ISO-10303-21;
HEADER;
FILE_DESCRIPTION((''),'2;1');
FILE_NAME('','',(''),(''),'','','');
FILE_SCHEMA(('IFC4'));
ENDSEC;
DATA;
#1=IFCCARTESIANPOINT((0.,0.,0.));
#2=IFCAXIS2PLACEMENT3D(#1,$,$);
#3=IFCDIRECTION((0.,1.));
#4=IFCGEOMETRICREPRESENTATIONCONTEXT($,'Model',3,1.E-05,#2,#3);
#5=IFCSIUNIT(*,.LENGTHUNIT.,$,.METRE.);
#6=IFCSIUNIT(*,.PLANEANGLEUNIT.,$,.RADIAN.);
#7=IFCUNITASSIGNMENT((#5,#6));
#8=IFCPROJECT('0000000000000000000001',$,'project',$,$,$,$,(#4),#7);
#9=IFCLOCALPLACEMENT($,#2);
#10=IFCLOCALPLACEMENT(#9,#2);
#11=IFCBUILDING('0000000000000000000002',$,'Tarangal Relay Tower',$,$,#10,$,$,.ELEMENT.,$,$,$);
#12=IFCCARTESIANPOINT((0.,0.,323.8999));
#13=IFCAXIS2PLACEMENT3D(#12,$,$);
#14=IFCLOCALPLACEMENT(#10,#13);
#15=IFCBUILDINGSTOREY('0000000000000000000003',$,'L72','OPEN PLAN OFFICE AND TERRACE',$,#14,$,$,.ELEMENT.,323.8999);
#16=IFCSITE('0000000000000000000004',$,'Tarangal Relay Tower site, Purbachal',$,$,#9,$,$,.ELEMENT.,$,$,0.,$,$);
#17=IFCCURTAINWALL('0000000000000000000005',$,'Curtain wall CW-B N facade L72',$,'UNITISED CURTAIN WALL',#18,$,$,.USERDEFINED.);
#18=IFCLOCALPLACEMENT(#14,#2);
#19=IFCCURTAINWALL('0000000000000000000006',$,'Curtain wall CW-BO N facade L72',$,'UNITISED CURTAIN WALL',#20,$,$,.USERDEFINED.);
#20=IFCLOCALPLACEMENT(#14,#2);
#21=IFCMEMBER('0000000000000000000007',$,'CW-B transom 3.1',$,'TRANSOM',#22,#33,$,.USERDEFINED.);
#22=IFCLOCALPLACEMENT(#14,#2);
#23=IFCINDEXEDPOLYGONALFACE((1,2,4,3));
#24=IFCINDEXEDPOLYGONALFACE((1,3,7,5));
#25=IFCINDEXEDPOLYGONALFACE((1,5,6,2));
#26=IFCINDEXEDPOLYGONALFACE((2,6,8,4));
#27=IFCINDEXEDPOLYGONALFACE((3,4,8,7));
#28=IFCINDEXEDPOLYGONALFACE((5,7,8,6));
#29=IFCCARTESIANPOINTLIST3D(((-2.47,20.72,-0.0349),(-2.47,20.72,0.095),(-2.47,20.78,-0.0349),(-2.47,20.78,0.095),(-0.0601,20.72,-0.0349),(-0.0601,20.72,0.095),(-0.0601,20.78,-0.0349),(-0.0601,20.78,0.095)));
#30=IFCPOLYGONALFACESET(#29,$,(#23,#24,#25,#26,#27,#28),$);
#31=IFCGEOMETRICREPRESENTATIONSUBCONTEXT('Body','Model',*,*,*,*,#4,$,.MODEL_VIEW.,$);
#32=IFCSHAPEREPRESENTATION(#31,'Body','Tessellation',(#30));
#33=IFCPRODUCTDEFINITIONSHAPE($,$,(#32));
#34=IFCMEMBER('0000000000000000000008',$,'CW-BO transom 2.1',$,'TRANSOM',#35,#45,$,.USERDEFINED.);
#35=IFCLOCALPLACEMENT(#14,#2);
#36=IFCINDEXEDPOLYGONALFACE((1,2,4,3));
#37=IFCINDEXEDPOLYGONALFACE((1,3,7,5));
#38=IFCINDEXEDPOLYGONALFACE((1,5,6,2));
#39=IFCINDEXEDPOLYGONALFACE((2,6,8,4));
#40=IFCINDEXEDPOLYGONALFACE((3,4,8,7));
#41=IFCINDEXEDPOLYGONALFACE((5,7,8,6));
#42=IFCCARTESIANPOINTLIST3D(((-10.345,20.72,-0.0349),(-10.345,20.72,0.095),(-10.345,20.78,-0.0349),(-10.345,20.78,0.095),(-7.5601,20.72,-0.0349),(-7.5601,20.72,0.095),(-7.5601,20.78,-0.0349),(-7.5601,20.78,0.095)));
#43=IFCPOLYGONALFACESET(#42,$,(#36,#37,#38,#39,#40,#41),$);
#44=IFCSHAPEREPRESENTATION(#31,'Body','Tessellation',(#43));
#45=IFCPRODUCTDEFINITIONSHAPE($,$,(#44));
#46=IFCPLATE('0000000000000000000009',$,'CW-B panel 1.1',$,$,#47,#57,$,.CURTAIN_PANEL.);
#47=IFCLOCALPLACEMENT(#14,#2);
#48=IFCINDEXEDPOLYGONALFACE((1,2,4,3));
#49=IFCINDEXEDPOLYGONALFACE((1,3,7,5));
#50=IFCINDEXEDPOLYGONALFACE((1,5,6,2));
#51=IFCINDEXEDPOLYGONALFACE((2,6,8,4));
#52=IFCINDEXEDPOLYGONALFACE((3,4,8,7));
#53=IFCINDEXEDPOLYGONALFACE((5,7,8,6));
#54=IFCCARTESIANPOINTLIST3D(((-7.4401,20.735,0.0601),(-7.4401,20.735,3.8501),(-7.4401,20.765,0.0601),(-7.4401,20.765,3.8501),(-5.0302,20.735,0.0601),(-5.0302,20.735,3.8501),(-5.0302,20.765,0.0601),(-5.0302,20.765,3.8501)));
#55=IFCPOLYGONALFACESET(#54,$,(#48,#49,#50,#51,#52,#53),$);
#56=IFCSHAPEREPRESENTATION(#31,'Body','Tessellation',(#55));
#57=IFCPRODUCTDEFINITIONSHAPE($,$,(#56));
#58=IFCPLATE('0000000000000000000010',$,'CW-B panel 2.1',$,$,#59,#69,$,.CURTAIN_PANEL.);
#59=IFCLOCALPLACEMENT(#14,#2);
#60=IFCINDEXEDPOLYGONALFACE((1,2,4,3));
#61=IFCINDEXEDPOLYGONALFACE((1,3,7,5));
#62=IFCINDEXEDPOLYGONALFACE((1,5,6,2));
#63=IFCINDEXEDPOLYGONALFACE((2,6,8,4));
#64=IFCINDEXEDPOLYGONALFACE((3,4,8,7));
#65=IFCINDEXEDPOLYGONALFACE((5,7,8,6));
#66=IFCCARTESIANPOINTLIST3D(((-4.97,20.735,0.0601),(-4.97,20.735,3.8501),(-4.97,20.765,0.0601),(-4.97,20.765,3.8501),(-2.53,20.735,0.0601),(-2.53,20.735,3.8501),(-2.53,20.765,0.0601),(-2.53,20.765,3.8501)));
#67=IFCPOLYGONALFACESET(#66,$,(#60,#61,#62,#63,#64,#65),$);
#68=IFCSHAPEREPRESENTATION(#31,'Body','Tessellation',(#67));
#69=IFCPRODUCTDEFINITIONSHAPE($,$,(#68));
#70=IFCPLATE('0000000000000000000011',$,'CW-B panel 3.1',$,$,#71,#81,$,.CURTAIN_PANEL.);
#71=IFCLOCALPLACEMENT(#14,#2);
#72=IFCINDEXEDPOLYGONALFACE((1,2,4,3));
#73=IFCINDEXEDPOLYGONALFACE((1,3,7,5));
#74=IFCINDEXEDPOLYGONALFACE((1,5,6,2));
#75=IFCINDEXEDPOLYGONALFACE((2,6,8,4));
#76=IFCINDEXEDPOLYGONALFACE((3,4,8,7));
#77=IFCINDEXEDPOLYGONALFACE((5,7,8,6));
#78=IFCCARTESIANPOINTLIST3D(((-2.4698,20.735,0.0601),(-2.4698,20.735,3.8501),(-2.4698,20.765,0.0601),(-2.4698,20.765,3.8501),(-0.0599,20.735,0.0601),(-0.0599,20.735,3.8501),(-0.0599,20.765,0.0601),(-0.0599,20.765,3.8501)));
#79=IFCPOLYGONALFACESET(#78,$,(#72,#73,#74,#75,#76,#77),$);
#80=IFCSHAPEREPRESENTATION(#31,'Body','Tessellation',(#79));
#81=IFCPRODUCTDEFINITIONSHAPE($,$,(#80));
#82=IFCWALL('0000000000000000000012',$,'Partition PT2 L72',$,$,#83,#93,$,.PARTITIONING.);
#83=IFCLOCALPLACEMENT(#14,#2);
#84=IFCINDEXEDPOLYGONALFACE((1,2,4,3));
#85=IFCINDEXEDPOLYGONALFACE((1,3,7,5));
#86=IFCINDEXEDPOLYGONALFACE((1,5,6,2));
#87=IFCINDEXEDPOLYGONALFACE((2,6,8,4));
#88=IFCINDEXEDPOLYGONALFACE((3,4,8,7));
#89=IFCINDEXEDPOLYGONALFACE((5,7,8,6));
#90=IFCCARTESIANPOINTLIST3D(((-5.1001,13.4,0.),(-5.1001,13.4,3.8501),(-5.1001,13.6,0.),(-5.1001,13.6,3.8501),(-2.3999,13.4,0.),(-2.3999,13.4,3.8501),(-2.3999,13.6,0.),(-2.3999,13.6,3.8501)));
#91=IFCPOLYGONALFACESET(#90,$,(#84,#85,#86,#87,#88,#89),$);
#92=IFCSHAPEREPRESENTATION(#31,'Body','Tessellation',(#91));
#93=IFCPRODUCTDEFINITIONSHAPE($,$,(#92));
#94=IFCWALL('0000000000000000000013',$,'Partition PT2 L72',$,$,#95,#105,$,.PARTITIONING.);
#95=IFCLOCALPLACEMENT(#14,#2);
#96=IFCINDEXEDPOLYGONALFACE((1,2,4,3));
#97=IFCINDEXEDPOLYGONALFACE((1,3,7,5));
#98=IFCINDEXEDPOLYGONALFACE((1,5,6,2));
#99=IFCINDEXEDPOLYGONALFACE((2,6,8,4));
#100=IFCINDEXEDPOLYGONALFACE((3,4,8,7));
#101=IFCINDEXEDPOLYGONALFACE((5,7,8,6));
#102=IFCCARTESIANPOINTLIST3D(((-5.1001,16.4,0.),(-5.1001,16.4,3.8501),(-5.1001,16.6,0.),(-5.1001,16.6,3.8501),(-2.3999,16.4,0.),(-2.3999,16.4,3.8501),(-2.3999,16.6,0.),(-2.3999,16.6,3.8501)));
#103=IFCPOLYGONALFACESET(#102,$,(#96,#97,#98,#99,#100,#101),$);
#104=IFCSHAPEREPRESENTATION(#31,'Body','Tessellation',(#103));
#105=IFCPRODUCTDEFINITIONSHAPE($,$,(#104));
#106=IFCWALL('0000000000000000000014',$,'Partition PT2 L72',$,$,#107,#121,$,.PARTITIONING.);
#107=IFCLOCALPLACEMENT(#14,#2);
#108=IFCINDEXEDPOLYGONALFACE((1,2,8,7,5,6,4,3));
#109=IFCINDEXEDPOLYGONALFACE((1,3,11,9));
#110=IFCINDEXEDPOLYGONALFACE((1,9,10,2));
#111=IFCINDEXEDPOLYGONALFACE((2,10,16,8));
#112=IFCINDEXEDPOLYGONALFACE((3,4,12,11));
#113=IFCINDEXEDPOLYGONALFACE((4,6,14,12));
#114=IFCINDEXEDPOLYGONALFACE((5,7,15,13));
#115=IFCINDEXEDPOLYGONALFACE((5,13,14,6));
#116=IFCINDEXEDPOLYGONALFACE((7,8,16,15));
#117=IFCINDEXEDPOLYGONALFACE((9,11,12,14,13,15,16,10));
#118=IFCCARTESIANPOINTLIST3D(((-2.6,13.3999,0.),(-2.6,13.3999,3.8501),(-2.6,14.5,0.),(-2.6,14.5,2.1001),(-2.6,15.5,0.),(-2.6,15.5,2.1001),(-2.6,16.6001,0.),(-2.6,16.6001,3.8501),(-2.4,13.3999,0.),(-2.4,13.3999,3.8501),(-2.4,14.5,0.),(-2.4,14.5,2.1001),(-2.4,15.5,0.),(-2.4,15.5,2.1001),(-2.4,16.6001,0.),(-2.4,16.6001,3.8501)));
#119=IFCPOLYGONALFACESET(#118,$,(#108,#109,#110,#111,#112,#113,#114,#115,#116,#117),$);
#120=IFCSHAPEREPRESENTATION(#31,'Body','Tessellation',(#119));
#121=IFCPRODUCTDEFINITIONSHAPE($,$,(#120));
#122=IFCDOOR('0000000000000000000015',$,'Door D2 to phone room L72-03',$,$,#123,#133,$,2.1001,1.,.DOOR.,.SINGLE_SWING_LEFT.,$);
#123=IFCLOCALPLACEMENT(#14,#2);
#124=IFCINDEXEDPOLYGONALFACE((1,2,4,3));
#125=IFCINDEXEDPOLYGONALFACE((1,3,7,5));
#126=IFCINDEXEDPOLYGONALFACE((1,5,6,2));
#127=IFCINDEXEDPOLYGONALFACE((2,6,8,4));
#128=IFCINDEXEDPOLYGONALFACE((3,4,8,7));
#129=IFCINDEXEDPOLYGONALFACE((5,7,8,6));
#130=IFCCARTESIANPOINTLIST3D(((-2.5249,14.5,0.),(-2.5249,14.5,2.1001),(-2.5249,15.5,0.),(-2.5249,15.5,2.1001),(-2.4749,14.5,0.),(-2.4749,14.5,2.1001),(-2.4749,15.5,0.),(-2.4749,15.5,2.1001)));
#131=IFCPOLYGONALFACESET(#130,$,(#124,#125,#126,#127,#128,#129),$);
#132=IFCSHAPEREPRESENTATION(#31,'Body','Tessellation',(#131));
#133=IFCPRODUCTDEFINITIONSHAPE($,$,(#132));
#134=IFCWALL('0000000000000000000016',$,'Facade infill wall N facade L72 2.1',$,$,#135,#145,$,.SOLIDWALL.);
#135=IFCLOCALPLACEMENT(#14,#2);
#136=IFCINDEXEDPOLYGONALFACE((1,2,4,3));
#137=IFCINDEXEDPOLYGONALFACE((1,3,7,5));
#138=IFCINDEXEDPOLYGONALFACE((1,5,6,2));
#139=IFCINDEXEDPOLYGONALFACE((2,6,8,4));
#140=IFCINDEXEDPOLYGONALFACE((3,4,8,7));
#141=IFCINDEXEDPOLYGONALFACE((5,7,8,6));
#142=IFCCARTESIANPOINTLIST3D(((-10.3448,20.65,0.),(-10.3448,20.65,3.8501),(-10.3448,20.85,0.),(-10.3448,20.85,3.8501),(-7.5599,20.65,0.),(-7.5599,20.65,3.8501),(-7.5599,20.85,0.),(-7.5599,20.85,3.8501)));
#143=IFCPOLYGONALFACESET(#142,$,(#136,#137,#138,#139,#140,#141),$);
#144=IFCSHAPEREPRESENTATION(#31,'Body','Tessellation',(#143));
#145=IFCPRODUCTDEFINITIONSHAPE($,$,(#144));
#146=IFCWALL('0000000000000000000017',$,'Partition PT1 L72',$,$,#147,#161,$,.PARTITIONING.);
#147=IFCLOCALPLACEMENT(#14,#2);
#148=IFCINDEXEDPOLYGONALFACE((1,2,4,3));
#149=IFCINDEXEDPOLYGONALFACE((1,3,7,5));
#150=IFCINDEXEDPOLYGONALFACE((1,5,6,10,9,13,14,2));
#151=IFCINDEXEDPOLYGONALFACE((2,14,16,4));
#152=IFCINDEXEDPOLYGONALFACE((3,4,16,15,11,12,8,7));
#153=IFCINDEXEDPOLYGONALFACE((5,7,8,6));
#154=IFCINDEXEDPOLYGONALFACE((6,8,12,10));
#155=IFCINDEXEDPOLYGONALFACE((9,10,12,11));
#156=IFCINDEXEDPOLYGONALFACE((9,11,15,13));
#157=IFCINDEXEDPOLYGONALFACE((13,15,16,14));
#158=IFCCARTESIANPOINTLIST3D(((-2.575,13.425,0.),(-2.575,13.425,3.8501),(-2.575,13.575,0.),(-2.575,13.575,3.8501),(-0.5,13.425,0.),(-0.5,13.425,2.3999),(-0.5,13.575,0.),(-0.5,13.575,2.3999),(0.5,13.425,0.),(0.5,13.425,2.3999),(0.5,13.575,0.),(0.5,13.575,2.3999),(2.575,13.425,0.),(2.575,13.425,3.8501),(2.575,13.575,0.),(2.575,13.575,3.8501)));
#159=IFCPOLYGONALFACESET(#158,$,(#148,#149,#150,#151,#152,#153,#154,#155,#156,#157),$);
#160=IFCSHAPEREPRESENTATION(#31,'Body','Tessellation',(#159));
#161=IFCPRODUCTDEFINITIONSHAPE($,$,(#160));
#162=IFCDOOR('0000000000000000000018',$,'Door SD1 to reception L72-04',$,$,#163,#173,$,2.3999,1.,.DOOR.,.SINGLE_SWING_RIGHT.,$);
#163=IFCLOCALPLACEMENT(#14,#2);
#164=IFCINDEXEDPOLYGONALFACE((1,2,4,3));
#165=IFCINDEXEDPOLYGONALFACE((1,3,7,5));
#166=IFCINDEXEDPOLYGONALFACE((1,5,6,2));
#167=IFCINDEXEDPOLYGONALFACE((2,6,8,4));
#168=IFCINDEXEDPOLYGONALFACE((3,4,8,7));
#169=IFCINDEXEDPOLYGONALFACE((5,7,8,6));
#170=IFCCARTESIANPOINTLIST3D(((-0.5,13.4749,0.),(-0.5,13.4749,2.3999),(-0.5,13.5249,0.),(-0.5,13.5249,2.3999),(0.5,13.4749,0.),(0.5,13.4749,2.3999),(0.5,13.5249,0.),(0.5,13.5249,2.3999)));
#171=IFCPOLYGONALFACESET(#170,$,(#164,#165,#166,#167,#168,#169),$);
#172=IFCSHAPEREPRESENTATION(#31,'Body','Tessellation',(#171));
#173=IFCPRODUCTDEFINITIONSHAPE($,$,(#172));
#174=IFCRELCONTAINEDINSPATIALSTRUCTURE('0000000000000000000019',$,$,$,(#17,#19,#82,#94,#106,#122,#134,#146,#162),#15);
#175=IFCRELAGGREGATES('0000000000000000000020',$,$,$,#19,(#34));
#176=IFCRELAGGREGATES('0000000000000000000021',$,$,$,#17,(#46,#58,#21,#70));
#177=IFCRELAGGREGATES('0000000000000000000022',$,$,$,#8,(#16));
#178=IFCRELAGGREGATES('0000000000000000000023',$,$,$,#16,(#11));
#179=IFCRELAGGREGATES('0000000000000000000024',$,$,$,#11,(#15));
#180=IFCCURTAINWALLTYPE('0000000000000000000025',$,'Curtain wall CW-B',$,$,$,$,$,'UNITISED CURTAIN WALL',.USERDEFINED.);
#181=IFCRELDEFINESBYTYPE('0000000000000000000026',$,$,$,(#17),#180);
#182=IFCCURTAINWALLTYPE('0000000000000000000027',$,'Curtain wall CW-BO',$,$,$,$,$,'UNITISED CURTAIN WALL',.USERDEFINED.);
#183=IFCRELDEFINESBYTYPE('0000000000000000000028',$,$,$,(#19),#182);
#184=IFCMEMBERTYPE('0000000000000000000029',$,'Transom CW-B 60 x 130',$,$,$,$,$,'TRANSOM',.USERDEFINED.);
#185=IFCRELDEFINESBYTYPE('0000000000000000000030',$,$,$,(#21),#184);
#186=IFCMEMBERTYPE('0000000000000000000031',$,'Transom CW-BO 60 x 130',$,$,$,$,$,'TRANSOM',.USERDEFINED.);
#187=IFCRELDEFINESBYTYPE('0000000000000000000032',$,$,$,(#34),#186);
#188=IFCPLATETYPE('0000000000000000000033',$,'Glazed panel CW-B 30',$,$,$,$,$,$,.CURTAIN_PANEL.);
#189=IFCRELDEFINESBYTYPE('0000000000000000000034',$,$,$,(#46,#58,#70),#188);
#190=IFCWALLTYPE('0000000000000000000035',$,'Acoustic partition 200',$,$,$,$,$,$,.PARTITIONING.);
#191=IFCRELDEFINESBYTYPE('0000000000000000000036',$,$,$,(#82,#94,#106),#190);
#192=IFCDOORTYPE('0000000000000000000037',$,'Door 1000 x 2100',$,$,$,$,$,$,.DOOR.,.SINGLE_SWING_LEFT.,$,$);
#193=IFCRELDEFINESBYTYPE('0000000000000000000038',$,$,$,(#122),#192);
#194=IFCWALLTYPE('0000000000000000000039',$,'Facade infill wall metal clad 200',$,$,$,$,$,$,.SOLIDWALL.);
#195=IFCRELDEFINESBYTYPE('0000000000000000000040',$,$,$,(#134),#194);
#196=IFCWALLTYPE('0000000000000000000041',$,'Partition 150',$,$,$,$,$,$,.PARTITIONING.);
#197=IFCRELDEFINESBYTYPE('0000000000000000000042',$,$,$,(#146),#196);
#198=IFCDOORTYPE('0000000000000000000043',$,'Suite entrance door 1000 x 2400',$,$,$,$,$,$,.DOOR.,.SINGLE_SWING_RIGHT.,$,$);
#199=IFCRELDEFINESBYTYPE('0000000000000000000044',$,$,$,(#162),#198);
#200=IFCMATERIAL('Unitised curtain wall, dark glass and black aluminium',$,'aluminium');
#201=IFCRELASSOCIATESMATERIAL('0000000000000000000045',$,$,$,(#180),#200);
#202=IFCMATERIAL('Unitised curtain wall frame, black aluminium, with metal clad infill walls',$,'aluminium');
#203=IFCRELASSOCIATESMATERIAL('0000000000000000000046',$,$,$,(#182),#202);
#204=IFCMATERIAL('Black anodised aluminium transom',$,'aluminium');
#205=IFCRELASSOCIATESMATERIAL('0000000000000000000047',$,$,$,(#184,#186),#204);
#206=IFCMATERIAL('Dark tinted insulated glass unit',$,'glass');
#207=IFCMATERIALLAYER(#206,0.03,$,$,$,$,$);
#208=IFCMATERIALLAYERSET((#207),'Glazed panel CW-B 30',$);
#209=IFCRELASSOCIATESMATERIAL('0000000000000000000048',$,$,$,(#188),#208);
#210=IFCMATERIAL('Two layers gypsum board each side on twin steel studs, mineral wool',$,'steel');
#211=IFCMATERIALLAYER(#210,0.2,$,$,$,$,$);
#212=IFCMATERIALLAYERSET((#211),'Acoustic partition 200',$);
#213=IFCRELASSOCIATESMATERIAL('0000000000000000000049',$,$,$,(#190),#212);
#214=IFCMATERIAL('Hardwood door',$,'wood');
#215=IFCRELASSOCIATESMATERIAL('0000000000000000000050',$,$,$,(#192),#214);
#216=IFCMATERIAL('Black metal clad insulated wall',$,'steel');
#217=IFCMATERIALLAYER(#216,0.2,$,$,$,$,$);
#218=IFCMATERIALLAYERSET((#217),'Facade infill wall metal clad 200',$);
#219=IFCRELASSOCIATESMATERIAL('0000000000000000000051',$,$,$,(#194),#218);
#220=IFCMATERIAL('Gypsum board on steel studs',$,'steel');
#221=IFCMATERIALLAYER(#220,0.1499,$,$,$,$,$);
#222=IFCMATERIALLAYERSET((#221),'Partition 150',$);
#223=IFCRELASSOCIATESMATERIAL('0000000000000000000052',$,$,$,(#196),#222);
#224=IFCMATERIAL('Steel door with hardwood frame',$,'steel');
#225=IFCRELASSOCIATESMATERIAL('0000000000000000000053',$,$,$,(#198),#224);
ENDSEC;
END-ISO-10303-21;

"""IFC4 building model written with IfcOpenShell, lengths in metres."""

from ifc_helpers import new_model, si_unit, direction, frame, frame_2d, origin, origin_2d, place, context, subcontext, project, spatial, rectangle, extrude, material, layer, layer_set, material_profile, profile_set, type_object, element, fill, aggregate, save


model = new_model("IFC4")

# Units and contexts
model_context = context("Model", 3, precision=1e-05, world=origin(), true_north=direction((0.0, 1.0)))
body_context = subcontext(model_context, "Body", "Model", "MODEL_VIEW")
ifc_project = project(units=[si_unit("LENGTHUNIT", "METRE"), si_unit("PLANEANGLEUNIT", "RADIAN")], contexts=[model_context])

# Site, building, storey
site_placement = place(None, origin())
site = spatial("IfcSite", under=ifc_project, at=site_placement, Name="Tarangal Relay Tower site, Purbachal", CompositionType="ELEMENT", RefElevation=0.0)
building_placement = place(site_placement, origin())
building = spatial("IfcBuilding", under=site, at=building_placement, Name="Tarangal Relay Tower", CompositionType="ELEMENT")
storey_placement = place(building_placement, frame((0.0, 0.0, 323.8999)))
storey = spatial("IfcBuildingStorey", under=building, at=storey_placement, Name="L72", Description="OPEN PLAN OFFICE AND TERRACE", CompositionType="ELEMENT", Elevation=323.8999)

# Curtain walls
ifc_material_1 = material(Name="Unitised curtain wall, dark glass and black aluminium", Category="aluminium")
curtain_wall_type_1 = type_object("IfcCurtainWallType", Name="Curtain wall CW-B", ElementType="UNITISED CURTAIN WALL", PredefinedType="USERDEFINED", material=ifc_material_1)
curtain_wall_1_placement = place(storey_placement, origin())
curtain_wall_1 = element("IfcCurtainWall", 1, at=curtain_wall_1_placement, inside=storey, type_object=curtain_wall_type_1, Name="Curtain wall CW-B N facade L72", ObjectType="UNITISED CURTAIN WALL", PredefinedType="USERDEFINED")
ifc_material_2 = material(Name="Unitised curtain wall frame, black aluminium, with metal clad infill walls", Category="aluminium")
curtain_wall_type_2 = type_object("IfcCurtainWallType", Name="Curtain wall CW-BO", ElementType="UNITISED CURTAIN WALL", PredefinedType="USERDEFINED", material=ifc_material_2)
curtain_wall_2_placement = place(storey_placement, origin())
curtain_wall_2 = element("IfcCurtainWall", 2, at=curtain_wall_2_placement, inside=storey, type_object=curtain_wall_type_2, Name="Curtain wall CW-BO N facade L72", ObjectType="UNITISED CURTAIN WALL", PredefinedType="USERDEFINED")

# Members
ifc_material_3 = material(Name="Black anodised aluminium transom", Category="aluminium")
ifc_material_profile_1 = material_profile(ifc_material_3, rectangle(XDim=0.0601, YDim=0.1299, at=origin_2d()), Name="CW-BT 60X130")
ifc_profile_set_1 = profile_set([ifc_material_profile_1], Name="Black anodised aluminium transom")
member_type_1 = type_object("IfcMemberType", Name="Transom CW-B 60 x 130", ElementType="TRANSOM", PredefinedType="USERDEFINED", material=ifc_profile_set_1)
member_1_placement = place(storey_placement, frame((-2.47, 20.75, 0.03), z_axis=(1.0, 0.0, 0.0), x_axis=(0.0, 1.0, 0.0)))
member_1 = element("IfcMember", 3, at=member_1_placement, type_object=member_type_1, Name="CW-B transom 3.1", ObjectType="TRANSOM", PredefinedType="USERDEFINED", context=body_context, shape_type="SweptSolid", body=[
    extrude(rectangle(XDim=0.0601, YDim=0.1299, at=origin_2d()), origin(), (0.0, 0.0, 1.0), 2.4099),
])
ifc_material_profile_2 = material_profile(ifc_material_3, rectangle(XDim=0.0601, YDim=0.1299, at=origin_2d()), Name="CW-BOT 60X130")
ifc_profile_set_2 = profile_set([ifc_material_profile_2], Name="Black anodised aluminium transom")
member_type_2 = type_object("IfcMemberType", Name="Transom CW-BO 60 x 130", ElementType="TRANSOM", PredefinedType="USERDEFINED", material=ifc_profile_set_2)
member_2_placement = place(storey_placement, frame((-10.345, 20.75, 0.03), z_axis=(1.0, 0.0, 0.0), x_axis=(0.0, 1.0, 0.0)))
member_2 = element("IfcMember", 4, at=member_2_placement, type_object=member_type_2, Name="CW-BO transom 2.1", ObjectType="TRANSOM", PredefinedType="USERDEFINED", context=body_context, shape_type="SweptSolid", body=[
    extrude(rectangle(XDim=0.0601, YDim=0.1299, at=origin_2d()), origin(), (0.0, 0.0, 1.0), 2.7849),
])
aggregate(curtain_wall_2, [member_2])

# Plates
ifc_material_4 = material(Name="Dark tinted insulated glass unit", Category="glass")
ifc_layer_1 = layer(ifc_material_4, 0.03)
ifc_layer_set_1 = layer_set([ifc_layer_1], Name="Glazed panel CW-B 30")
plate_type = type_object("IfcPlateType", Name="Glazed panel CW-B 30", PredefinedType="CURTAIN_PANEL", material=ifc_layer_set_1)
plate_1_placement = place(storey_placement, frame((-6.2351, 20.75, 0.0601), z_axis=(0.0, 0.0, 1.0), x_axis=(1.0, 0.0, 0.0)))
plate_1 = element("IfcPlate", 5, at=plate_1_placement, type_object=plate_type, Name="CW-B panel 1.1", PredefinedType="CURTAIN_PANEL", context=body_context, shape_type="SweptSolid", body=[
    extrude(rectangle(XDim=2.4099, YDim=0.03, at=origin_2d()), origin(), (0.0, 0.0, 1.0), 3.79),
])
plate_2_placement = place(storey_placement, frame((-3.75, 20.75, 0.0601), z_axis=(0.0, 0.0, 1.0), x_axis=(1.0, 0.0, 0.0)))
plate_2 = element("IfcPlate", 6, at=plate_2_placement, type_object=plate_type, Name="CW-B panel 2.1", PredefinedType="CURTAIN_PANEL", context=body_context, shape_type="SweptSolid", body=[
    extrude(rectangle(XDim=2.4399, YDim=0.03, at=origin_2d()), origin(), (0.0, 0.0, 1.0), 3.79),
])
plate_3_placement = place(storey_placement, frame((-1.2649, 20.75, 0.0601), z_axis=(0.0, 0.0, 1.0), x_axis=(1.0, 0.0, 0.0)))
plate_3 = element("IfcPlate", 7, at=plate_3_placement, type_object=plate_type, Name="CW-B panel 3.1", PredefinedType="CURTAIN_PANEL", context=body_context, shape_type="SweptSolid", body=[
    extrude(rectangle(XDim=2.4099, YDim=0.03, at=origin_2d()), origin(), (0.0, 0.0, 1.0), 3.79),
])
aggregate(curtain_wall_1, [plate_1, plate_2, member_1, plate_3])

# Walls
ifc_material_5 = material(Name="Two layers gypsum board each side on twin steel studs, mineral wool", Category="steel")
ifc_layer_2 = layer(ifc_material_5, 0.2)
ifc_layer_set_2 = layer_set([ifc_layer_2], Name="Acoustic partition 200")
wall_type_1 = type_object("IfcWallType", Name="Acoustic partition 200", PredefinedType="PARTITIONING", material=ifc_layer_set_2)
for number, where, z_axis, x_axis, name in (
    (8, (-5.1001, 13.5, 0.0), (0.0, 0.0, 1.0), (1.0, 0.0, 0.0), "Partition PT2 L72"),
    (9, (-5.1001, 16.5, 0.0), (0.0, 0.0, 1.0), (1.0, 0.0, 0.0), "Partition PT2 L72"),
):
    element("IfcWall", number, at=place(storey_placement, frame(where, z_axis=z_axis, x_axis=x_axis)), inside=storey, type_object=wall_type_1, Name=name, PredefinedType="PARTITIONING", context=body_context, shape_type="SweptSolid", body=[
        extrude(rectangle(XDim=2.7002, YDim=0.2, at=frame_2d((1.3501, 0.0))), origin(), (0.0, 0.0, 1.0), 3.8501),
    ])

# Wall, opening, door
wall_1_placement = place(storey_placement, frame((-2.5, 13.3999, 0.0), z_axis=(0.0, 0.0, 1.0), x_axis=(0.0, 1.0, 0.0)))
wall_1 = element("IfcWall", 10, at=wall_1_placement, inside=storey, type_object=wall_type_1, Name="Partition PT2 L72", PredefinedType="PARTITIONING", context=body_context, shape_type="SweptSolid", body=[
    extrude(rectangle(XDim=3.2002, YDim=0.2, at=frame_2d((1.6001, 0.0))), origin(), (0.0, 0.0, 1.0), 3.8501),
])
opening_1_placement = place(wall_1_placement, frame((1.1001, 0.0, 0.0)))
opening_1 = element("IfcOpeningElement", 11, at=opening_1_placement, cuts=wall_1, PredefinedType="OPENING", context=body_context, shape_type="SweptSolid", body=[
    extrude(rectangle(XDim=1.0, YDim=2.1001, at=frame_2d((0.5, 1.05))), frame((0.0, 0.1099, 0.0), z_axis=(0.0, -1.0, 0.0), x_axis=(1.0, 0.0, 0.0)), (0.0, 0.0, 1.0), 0.22),
])
ifc_material_6 = material(Name="Hardwood door", Category="wood")
door_type_1 = type_object("IfcDoorType", Name="Door 1000 x 2100", OperationType="SINGLE_SWING_LEFT", PredefinedType="DOOR", material=ifc_material_6)
door_1_placement = place(opening_1_placement, origin())
door_1 = element("IfcDoor", 12, at=door_1_placement, inside=storey, type_object=door_type_1, Name="Door D2 to phone room L72-03", OperationType="SINGLE_SWING_LEFT", OverallHeight=2.1001, OverallWidth=1.0, PredefinedType="DOOR", context=body_context, shape_type="SweptSolid", body=[
    extrude(rectangle(XDim=1.0, YDim=2.1001, at=frame_2d((0.5, 1.05))), frame((0.0, 0.0249, 0.0), z_axis=(0.0, -1.0, 0.0), x_axis=(1.0, 0.0, 0.0)), (0.0, 0.0, 1.0), 0.05),
])
fill(opening_1, door_1)

# Wall
ifc_material_7 = material(Name="Black metal clad insulated wall", Category="steel")
ifc_layer_3 = layer(ifc_material_7, 0.2)
ifc_layer_set_3 = layer_set([ifc_layer_3], Name="Facade infill wall metal clad 200")
wall_type_2 = type_object("IfcWallType", Name="Facade infill wall metal clad 200", PredefinedType="SOLIDWALL", material=ifc_layer_set_3)
wall_2_placement = place(storey_placement, frame((-10.345, 20.75, 0.0), z_axis=(0.0, 0.0, 1.0), x_axis=(1.0, 0.0, 0.0)))
element("IfcWall", 13, at=wall_2_placement, inside=storey, type_object=wall_type_2, Name="Facade infill wall N facade L72 2.1", PredefinedType="SOLIDWALL", context=body_context, shape_type="SweptSolid", body=[
    extrude(rectangle(XDim=2.7849, YDim=0.2, at=frame_2d((1.3926, 0.0))), origin(), (0.0, 0.0, 1.0), 3.8501),
])

# Wall, opening, door
ifc_material_8 = material(Name="Gypsum board on steel studs", Category="steel")
ifc_layer_4 = layer(ifc_material_8, 0.1499)
ifc_layer_set_4 = layer_set([ifc_layer_4], Name="Partition 150")
wall_type_3 = type_object("IfcWallType", Name="Partition 150", PredefinedType="PARTITIONING", material=ifc_layer_set_4)
wall_3_placement = place(storey_placement, frame((-2.575, 13.5, 0.0), z_axis=(0.0, 0.0, 1.0), x_axis=(1.0, 0.0, 0.0)))
wall_3 = element("IfcWall", 14, at=wall_3_placement, inside=storey, type_object=wall_type_3, Name="Partition PT1 L72", PredefinedType="PARTITIONING", context=body_context, shape_type="SweptSolid", body=[
    extrude(rectangle(XDim=5.1499, YDim=0.1499, at=frame_2d((2.575, 0.0))), origin(), (0.0, 0.0, 1.0), 3.8501),
])
opening_2_placement = place(wall_3_placement, frame((2.075, 0.0, 0.0)))
opening_2 = element("IfcOpeningElement", 15, at=opening_2_placement, cuts=wall_3, PredefinedType="OPENING", context=body_context, shape_type="SweptSolid", body=[
    extrude(rectangle(XDim=1.0, YDim=2.3999, at=frame_2d((0.5, 1.2))), frame((0.0, 0.085, 0.0), z_axis=(0.0, -1.0, 0.0), x_axis=(1.0, 0.0, 0.0)), (0.0, 0.0, 1.0), 0.1699),
])
ifc_material_9 = material(Name="Steel door with hardwood frame", Category="steel")
door_type_2 = type_object("IfcDoorType", Name="Suite entrance door 1000 x 2400", OperationType="SINGLE_SWING_RIGHT", PredefinedType="DOOR", material=ifc_material_9)
door_2_placement = place(opening_2_placement, origin())
door_2 = element("IfcDoor", 16, at=door_2_placement, inside=storey, type_object=door_type_2, Name="Door SD1 to reception L72-04", OperationType="SINGLE_SWING_RIGHT", OverallHeight=2.3999, OverallWidth=1.0, PredefinedType="DOOR", context=body_context, shape_type="SweptSolid", body=[
    extrude(rectangle(XDim=1.0, YDim=2.3999, at=frame_2d((0.5, 1.2))), frame((0.0, 0.0249, 0.0), z_axis=(0.0, -1.0, 0.0), x_axis=(1.0, 0.0, 0.0)), (0.0, 0.0, 1.0), 0.05),
])
fill(opening_2, door_2)

save(model, "model.ifc")
